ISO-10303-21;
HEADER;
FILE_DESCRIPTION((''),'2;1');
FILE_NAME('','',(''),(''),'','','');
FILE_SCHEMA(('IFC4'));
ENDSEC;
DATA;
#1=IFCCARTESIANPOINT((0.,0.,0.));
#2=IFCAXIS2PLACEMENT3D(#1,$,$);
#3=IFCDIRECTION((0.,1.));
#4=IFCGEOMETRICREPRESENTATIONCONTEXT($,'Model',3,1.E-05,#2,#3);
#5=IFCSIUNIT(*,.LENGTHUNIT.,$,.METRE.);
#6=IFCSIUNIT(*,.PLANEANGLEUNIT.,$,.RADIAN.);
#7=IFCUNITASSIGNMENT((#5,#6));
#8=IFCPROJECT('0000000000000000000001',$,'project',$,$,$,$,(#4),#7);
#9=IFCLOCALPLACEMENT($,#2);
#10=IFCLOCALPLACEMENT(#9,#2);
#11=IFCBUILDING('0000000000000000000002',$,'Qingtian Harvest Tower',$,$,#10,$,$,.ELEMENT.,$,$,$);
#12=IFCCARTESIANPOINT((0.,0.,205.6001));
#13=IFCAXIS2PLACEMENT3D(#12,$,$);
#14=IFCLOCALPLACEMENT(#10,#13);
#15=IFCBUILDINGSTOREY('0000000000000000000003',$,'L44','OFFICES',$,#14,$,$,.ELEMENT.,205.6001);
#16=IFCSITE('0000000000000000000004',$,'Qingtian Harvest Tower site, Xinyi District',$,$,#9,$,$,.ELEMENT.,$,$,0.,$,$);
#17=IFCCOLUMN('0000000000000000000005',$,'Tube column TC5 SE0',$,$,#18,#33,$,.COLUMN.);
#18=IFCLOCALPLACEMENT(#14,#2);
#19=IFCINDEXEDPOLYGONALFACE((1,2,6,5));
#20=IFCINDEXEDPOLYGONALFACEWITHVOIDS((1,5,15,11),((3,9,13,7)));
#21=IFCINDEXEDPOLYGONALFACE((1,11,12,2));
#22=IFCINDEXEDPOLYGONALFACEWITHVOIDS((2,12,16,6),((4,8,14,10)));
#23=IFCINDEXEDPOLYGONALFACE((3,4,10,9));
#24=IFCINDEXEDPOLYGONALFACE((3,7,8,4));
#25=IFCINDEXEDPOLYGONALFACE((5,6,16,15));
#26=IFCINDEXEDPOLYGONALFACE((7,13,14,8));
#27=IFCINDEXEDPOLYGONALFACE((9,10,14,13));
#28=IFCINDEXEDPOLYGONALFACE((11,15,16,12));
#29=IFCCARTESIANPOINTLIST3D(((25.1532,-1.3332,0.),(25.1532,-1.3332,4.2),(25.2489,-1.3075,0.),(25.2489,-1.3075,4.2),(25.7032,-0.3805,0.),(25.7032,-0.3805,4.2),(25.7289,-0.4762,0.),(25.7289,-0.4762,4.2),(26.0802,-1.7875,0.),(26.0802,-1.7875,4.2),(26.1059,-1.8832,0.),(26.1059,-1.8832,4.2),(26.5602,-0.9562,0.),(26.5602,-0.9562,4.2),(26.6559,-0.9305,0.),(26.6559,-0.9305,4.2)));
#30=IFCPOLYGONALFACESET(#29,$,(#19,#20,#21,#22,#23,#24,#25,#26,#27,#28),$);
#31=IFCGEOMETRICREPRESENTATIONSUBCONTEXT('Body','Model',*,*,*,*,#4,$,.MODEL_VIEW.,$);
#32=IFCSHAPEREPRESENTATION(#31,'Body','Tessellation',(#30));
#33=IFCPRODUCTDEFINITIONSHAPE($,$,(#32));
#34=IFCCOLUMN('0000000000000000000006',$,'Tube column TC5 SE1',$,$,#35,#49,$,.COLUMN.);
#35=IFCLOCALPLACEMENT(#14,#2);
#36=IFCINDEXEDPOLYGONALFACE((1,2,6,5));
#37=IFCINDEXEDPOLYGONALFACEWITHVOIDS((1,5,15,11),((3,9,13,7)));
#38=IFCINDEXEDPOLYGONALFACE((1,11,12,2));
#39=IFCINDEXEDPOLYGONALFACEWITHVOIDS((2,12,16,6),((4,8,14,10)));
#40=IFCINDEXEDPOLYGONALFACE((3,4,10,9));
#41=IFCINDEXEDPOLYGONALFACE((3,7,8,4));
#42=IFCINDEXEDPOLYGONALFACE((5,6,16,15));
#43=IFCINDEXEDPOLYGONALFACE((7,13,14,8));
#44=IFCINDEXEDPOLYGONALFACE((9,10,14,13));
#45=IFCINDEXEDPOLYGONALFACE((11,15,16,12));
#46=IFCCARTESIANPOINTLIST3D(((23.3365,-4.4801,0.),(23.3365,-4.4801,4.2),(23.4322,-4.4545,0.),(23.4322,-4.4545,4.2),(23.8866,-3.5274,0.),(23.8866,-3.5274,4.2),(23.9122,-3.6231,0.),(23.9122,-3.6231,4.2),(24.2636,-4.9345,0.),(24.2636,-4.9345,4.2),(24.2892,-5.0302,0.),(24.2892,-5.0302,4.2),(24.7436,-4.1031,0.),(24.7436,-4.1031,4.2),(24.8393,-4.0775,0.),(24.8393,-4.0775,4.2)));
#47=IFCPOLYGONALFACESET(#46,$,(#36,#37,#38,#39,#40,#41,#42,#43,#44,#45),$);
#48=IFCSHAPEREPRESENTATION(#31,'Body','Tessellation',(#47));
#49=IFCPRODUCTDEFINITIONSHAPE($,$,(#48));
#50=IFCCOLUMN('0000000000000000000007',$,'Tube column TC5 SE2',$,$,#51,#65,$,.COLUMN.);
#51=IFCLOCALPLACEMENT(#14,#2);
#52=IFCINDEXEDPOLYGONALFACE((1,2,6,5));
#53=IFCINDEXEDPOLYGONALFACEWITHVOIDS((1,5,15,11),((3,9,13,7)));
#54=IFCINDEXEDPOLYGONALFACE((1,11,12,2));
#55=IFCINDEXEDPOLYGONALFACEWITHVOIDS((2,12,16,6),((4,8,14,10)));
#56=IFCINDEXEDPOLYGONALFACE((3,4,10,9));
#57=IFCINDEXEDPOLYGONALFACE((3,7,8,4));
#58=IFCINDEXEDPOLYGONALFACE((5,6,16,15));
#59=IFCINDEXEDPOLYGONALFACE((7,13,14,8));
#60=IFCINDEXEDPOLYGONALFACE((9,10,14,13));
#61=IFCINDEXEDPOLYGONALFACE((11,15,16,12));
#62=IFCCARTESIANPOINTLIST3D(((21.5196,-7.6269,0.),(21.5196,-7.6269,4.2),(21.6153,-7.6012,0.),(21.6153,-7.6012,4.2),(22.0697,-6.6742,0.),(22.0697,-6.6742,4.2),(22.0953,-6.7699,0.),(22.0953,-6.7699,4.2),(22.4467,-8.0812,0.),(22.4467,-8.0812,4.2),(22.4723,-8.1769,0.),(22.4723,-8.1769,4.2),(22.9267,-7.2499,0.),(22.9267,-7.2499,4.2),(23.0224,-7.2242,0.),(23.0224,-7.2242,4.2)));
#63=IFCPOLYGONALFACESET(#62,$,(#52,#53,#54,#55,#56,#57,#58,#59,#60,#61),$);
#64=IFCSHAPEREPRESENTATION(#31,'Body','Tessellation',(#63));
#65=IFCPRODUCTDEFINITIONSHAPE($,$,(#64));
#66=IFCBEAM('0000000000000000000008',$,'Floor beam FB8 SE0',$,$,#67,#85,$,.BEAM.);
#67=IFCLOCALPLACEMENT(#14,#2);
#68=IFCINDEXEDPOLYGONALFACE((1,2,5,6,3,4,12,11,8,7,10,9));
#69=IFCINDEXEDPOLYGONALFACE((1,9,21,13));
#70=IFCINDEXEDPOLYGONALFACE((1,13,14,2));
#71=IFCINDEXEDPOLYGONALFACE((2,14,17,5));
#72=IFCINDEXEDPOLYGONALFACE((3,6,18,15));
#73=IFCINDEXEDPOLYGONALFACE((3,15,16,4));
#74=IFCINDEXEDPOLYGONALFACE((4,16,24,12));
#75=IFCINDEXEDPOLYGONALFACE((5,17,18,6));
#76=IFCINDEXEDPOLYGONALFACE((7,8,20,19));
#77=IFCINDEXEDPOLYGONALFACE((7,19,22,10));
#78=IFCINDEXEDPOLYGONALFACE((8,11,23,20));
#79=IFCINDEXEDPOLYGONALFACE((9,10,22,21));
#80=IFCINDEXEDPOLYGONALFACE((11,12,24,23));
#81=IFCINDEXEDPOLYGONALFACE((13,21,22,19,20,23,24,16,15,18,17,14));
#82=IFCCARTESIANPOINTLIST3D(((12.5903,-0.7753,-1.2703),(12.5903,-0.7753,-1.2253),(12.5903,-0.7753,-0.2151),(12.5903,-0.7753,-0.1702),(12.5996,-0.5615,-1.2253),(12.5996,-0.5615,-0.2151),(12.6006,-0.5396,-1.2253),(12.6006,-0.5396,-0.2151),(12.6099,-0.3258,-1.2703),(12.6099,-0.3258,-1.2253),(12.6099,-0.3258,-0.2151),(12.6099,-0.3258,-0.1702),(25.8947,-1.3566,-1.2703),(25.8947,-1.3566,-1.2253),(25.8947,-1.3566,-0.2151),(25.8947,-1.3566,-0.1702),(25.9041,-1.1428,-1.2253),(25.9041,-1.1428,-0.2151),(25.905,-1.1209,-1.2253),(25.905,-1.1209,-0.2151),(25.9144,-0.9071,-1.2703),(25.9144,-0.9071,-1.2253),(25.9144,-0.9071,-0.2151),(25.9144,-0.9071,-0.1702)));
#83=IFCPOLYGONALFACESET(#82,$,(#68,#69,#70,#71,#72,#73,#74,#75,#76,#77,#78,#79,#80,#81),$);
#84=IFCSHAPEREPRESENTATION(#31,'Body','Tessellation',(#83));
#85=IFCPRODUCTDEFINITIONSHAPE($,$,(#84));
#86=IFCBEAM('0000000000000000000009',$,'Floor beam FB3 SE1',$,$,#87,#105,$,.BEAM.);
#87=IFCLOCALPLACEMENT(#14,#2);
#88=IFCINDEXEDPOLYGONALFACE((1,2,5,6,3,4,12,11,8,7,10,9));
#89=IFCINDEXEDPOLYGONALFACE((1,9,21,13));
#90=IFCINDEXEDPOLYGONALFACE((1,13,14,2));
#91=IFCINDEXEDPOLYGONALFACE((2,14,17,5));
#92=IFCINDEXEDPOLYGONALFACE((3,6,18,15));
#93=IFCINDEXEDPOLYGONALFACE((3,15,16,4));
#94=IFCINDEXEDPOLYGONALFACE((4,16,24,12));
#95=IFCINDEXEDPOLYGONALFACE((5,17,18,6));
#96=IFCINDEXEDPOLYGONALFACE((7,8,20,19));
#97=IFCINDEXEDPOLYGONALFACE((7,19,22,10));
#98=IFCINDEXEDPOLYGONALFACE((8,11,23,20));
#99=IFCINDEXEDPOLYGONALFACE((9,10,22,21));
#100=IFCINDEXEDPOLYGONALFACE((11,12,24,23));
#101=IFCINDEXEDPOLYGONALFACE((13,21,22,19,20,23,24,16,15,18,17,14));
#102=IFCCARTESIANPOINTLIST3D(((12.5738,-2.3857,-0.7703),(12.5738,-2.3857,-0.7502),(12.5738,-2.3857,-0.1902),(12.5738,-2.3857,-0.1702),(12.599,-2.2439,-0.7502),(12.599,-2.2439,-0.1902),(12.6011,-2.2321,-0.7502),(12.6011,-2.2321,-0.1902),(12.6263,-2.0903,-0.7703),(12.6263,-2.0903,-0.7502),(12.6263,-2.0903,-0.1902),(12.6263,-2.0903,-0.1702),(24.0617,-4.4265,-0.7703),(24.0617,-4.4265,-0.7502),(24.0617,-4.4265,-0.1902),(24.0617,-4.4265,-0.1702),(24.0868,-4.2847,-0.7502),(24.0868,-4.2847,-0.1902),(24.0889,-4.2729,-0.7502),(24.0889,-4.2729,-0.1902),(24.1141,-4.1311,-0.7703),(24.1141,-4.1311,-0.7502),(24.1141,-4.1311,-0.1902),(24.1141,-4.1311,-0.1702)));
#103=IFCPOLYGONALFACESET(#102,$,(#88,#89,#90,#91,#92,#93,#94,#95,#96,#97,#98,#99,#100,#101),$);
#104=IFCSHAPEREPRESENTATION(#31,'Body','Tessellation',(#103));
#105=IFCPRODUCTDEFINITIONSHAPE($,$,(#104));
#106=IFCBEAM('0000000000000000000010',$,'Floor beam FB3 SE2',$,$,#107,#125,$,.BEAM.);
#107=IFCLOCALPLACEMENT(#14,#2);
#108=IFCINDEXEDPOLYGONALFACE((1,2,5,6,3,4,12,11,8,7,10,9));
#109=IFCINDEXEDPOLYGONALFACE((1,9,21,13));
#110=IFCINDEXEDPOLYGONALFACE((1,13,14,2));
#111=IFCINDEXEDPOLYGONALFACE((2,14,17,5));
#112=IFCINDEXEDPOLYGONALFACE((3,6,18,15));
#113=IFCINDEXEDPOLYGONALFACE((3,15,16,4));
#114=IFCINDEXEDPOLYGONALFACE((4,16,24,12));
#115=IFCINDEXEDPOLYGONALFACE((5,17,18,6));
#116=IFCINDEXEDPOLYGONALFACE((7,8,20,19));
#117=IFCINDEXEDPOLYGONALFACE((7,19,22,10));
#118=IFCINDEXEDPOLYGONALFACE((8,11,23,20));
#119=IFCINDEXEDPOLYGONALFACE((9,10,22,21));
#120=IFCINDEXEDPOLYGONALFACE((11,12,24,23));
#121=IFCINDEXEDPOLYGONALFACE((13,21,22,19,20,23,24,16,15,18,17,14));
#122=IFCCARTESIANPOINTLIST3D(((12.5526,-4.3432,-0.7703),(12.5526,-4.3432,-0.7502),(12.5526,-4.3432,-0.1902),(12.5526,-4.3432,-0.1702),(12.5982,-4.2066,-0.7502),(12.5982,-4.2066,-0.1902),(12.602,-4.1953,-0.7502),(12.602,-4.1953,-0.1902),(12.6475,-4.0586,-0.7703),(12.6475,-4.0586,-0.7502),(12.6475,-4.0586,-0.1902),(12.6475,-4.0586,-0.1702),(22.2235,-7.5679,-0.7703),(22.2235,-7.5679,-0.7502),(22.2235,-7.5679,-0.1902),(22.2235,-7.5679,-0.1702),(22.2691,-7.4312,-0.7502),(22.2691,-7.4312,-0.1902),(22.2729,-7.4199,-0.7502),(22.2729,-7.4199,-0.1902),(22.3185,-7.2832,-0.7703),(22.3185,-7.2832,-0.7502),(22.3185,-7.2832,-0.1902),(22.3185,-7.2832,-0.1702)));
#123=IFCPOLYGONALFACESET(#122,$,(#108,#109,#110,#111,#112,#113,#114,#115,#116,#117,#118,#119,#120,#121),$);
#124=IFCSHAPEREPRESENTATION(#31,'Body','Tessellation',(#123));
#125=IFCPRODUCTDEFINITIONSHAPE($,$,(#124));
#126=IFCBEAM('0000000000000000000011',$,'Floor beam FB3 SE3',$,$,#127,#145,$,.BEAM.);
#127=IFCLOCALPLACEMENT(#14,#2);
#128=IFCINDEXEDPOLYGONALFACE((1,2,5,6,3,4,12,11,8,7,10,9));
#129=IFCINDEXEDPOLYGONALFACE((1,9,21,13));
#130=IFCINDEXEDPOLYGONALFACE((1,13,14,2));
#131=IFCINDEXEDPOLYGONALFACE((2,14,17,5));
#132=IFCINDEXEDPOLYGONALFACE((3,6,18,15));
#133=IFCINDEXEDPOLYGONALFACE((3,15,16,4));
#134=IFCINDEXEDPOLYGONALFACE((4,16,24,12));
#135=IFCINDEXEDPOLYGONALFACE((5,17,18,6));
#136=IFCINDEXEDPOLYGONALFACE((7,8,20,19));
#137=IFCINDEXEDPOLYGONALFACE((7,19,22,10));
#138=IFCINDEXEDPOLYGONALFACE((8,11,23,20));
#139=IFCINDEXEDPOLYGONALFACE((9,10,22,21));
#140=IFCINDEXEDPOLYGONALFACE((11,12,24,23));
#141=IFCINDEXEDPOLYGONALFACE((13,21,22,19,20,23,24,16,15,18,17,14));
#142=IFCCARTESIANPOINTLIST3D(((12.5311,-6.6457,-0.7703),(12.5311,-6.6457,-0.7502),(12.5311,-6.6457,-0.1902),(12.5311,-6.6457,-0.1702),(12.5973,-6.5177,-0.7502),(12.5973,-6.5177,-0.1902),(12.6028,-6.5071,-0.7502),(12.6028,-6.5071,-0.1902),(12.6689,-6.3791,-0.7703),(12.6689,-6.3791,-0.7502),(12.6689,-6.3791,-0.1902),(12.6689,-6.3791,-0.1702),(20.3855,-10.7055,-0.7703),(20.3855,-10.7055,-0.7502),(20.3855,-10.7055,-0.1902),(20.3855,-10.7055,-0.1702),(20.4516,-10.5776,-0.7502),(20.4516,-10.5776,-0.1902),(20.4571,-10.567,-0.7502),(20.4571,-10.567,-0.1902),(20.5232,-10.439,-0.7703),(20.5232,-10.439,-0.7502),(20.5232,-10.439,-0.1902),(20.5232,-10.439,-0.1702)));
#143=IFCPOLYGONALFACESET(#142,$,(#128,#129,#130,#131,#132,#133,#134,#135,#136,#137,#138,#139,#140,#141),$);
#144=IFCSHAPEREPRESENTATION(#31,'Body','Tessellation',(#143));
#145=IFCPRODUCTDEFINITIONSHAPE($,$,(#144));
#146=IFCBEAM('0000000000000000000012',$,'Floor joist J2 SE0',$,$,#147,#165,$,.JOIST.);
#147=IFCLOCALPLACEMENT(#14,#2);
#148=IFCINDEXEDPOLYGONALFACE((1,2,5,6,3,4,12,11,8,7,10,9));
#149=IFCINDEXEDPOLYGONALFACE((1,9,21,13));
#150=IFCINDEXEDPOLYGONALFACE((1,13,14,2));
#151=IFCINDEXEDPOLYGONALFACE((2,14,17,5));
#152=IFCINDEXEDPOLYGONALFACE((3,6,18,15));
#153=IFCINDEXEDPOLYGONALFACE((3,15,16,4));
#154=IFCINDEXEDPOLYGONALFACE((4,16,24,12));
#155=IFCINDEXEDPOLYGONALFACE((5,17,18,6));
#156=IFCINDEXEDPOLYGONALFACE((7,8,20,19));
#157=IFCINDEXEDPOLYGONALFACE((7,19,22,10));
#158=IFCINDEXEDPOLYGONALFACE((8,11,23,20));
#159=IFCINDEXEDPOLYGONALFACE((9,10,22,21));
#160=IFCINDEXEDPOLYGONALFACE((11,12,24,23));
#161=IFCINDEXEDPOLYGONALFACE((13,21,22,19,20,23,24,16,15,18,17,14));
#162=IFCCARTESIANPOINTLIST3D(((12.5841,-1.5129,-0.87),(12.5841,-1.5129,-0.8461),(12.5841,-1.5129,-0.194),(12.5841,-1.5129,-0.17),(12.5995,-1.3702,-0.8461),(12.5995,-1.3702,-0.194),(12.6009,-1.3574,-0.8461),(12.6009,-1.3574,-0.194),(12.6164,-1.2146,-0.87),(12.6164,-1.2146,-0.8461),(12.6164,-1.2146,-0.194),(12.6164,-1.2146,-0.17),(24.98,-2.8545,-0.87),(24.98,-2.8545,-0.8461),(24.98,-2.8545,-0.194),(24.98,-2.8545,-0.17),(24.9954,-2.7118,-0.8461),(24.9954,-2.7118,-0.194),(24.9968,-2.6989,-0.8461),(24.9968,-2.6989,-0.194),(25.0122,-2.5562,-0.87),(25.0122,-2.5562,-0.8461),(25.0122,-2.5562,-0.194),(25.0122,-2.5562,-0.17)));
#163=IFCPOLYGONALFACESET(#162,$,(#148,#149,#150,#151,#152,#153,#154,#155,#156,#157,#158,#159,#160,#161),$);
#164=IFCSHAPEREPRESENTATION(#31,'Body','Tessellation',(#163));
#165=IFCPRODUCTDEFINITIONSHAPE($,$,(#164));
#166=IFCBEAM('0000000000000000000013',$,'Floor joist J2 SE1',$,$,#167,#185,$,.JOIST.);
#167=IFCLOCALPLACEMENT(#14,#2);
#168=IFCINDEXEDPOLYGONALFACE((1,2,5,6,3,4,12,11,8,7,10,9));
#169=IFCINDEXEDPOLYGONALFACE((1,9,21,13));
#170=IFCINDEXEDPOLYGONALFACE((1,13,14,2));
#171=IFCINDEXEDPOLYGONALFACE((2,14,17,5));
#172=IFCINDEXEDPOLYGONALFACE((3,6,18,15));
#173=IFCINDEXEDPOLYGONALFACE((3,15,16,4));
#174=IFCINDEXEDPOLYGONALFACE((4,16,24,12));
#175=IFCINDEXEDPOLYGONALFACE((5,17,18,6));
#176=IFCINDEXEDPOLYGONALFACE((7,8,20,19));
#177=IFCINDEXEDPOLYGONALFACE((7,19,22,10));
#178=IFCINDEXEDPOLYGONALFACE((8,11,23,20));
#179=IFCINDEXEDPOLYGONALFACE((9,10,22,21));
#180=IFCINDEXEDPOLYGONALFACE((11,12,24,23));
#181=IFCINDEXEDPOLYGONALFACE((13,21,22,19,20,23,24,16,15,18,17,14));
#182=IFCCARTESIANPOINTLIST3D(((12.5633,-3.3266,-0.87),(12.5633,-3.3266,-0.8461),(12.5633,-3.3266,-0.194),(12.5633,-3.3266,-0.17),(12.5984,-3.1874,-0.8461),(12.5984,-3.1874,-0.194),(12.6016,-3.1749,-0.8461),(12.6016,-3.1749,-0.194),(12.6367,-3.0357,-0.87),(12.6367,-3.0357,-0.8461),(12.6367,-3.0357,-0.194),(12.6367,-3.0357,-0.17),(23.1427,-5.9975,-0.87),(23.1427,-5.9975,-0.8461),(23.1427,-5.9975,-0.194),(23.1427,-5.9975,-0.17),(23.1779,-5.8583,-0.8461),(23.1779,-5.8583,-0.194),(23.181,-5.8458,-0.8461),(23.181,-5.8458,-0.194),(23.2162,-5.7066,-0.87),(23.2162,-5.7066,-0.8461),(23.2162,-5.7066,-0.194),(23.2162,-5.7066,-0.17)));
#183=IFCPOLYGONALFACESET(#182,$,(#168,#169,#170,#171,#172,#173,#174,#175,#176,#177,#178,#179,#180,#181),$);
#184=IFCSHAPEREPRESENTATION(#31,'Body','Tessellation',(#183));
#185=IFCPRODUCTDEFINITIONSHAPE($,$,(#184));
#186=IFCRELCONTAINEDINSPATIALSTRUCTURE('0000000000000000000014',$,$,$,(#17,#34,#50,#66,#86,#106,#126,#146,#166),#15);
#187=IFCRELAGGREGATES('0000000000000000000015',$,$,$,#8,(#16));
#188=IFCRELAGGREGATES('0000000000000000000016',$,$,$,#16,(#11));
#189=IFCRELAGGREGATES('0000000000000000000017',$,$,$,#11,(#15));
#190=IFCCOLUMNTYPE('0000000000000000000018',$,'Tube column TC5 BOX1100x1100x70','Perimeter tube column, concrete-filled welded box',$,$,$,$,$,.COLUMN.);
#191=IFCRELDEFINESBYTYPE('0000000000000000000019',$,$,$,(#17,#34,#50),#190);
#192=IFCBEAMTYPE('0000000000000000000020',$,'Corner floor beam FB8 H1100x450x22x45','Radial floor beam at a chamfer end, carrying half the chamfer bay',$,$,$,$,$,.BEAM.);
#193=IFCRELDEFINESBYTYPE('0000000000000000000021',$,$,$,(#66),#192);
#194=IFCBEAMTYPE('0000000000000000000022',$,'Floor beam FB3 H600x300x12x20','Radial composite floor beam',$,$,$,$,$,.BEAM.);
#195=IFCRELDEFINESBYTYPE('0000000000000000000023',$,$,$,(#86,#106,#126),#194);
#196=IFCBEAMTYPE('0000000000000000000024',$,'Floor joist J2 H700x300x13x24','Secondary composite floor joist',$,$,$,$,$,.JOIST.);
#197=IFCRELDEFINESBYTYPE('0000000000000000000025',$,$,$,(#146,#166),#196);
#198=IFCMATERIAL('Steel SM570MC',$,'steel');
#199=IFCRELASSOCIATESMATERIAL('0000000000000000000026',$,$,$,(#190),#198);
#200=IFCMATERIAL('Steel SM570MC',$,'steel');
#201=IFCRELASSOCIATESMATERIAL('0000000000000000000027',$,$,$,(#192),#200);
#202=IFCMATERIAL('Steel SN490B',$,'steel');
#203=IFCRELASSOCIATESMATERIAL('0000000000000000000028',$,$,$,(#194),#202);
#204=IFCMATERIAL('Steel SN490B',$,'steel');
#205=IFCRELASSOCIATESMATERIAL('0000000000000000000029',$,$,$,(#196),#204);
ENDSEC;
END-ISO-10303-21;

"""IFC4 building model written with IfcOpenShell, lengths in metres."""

from ifc_helpers import new_model, si_unit, direction, frame, origin, origin_2d, place, context, subcontext, project, spatial, hollow_rectangle, i_section, extrude, material, material_profile, profile_set, type_object, element, save


model = new_model("IFC4")

# Units and contexts
model_context = context("Model", 3, precision=1e-05, world=origin(), true_north=direction((0.0, 1.0)))
body_context = subcontext(model_context, "Body", "Model", "MODEL_VIEW")
ifc_project = project(units=[si_unit("LENGTHUNIT", "METRE"), si_unit("PLANEANGLEUNIT", "RADIAN")], contexts=[model_context])

# Site, building, storey
site_placement = place(None, origin())
site = spatial("IfcSite", under=ifc_project, at=site_placement, Name="Qingtian Harvest Tower site, Xinyi District", CompositionType="ELEMENT", RefElevation=0.0)
building_placement = place(site_placement, origin())
building = spatial("IfcBuilding", under=site, at=building_placement, Name="Qingtian Harvest Tower", CompositionType="ELEMENT")
storey_placement = place(building_placement, frame((0.0, 0.0, 205.6001)))
storey = spatial("IfcBuildingStorey", under=building, at=storey_placement, Name="L44", Description="OFFICES", CompositionType="ELEMENT", Elevation=205.6001)

# Columns
ifc_material_1 = material(Name="Steel SM570MC", Category="steel")
ifc_material_profile_1 = material_profile(ifc_material_1, hollow_rectangle(XDim=1.1001, YDim=1.1001, WallThickness=0.0701, at=origin_2d()), Name="BOX1100x1100x70")
ifc_profile_set_1 = profile_set([ifc_material_profile_1], Name="Steel SM570MC")
column_type = type_object("IfcColumnType", Name="Tube column TC5 BOX1100x1100x70", Description="Perimeter tube column, concrete-filled welded box", PredefinedType="COLUMN", material=ifc_profile_set_1)
for number, where, z_axis, x_axis, name in (
    (1, (25.9045, -1.1318, 0.0), (0.0, 0.0, 1.0), (0.5, 0.866025, 0.0), "Tube column TC5 SE0"),
    (2, (24.0879, -4.2788, 0.0), (0.0, 0.0, 1.0), (0.5, 0.866025, 0.0), "Tube column TC5 SE1"),
    (3, (22.271, -7.4255, 0.0), (0.0, 0.0, 1.0), (0.5, 0.866025, 0.0), "Tube column TC5 SE2"),
):
    element("IfcColumn", number, at=place(storey_placement, frame(where, z_axis=z_axis, x_axis=x_axis)), inside=storey, type_object=column_type, Name=name, PredefinedType="COLUMN", context=body_context, shape_type="SweptSolid", body=[
        extrude(hollow_rectangle(XDim=1.1001, YDim=1.1001, WallThickness=0.0701, at=origin_2d()), origin(), (0.0, 0.0, 1.0), 4.2),
    ])

# Beams
ifc_material_2 = material(Name="Steel SM570MC", Category="steel")
ifc_material_profile_2 = material_profile(ifc_material_2, i_section(OverallWidth=0.45, OverallDepth=1.1001, WebThickness=0.022, FlangeThickness=0.0449, at=origin_2d()), Name="H1100x450x22x45")
ifc_profile_set_2 = profile_set([ifc_material_profile_2], Name="Steel SM570MC")
beam_type_1 = type_object("IfcBeamType", Name="Corner floor beam FB8 H1100x450x22x45", Description="Radial floor beam at a chamfer end, carrying half the chamfer bay", PredefinedType="BEAM", material=ifc_profile_set_2)
beam_1_placement = place(storey_placement, frame((25.9045, -1.1318, -0.7202), z_axis=(-0.999047, 0.04365, 0.0), x_axis=(-0.04365, -0.999047, 0.0)))
element("IfcBeam", 4, at=beam_1_placement, inside=storey, type_object=beam_type_1, Name="Floor beam FB8 SE0", PredefinedType="BEAM", context=body_context, shape_type="SweptSolid", body=[
    extrude(i_section(OverallWidth=0.45, OverallDepth=1.1001, WebThickness=0.022, FlangeThickness=0.0449, at=origin_2d()), origin(), (0.0, 0.0, 1.0), 13.3171),
])
ifc_material_3 = material(Name="Steel SN490B", Category="steel")
ifc_material_profile_3 = material_profile(ifc_material_3, i_section(OverallWidth=0.3, OverallDepth=0.6001, WebThickness=0.012, FlangeThickness=0.02, at=origin_2d()), Name="H600x300x12x20")
ifc_profile_set_3 = profile_set([ifc_material_profile_3], Name="Steel SN490B")
beam_type_2 = type_object("IfcBeamType", Name="Floor beam FB3 H600x300x12x20", Description="Radial composite floor beam", PredefinedType="BEAM", material=ifc_profile_set_3)
beam_2_placement = place(storey_placement, frame((24.0879, -4.2788, -0.4702), z_axis=(-0.984585, 0.174908, 0.0), x_axis=(-0.174908, -0.984585, 0.0)))
element("IfcBeam", 5, at=beam_2_placement, inside=storey, type_object=beam_type_2, Name="Floor beam FB3 SE1", PredefinedType="BEAM", context=body_context, shape_type="SweptSolid", body=[
    extrude(i_section(OverallWidth=0.3, OverallDepth=0.6001, WebThickness=0.012, FlangeThickness=0.02, at=origin_2d()), origin(), (0.0, 0.0, 1.0), 11.6677),
])
beam_3_placement = place(storey_placement, frame((22.271, -7.4255, -0.4702), z_axis=(-0.948655, 0.316314, 0.0), x_axis=(-0.316314, -0.948655, 0.0)))
element("IfcBeam", 6, at=beam_3_placement, inside=storey, type_object=beam_type_2, Name="Floor beam FB3 SE2", PredefinedType="BEAM", context=body_context, shape_type="SweptSolid", body=[
    extrude(i_section(OverallWidth=0.3, OverallDepth=0.6001, WebThickness=0.012, FlangeThickness=0.02, at=origin_2d()), origin(), (0.0, 0.0, 1.0), 10.1943),
])
beam_4_placement = place(storey_placement, frame((20.4543, -10.5723, -0.4702), z_axis=(-0.888344, 0.45918, 0.0), x_axis=(-0.45918, -0.888344, 0.0)))
element("IfcBeam", 7, at=beam_4_placement, inside=storey, type_object=beam_type_2, Name="Floor beam FB3 SE3", PredefinedType="BEAM", context=body_context, shape_type="SweptSolid", body=[
    extrude(i_section(OverallWidth=0.3, OverallDepth=0.6001, WebThickness=0.012, FlangeThickness=0.02, at=origin_2d()), origin(), (0.0, 0.0, 1.0), 8.8416),
])
ifc_material_4 = material(Name="Steel SN490B", Category="steel")
ifc_material_profile_4 = material_profile(ifc_material_4, i_section(OverallWidth=0.3, OverallDepth=0.7, WebThickness=0.0129, FlangeThickness=0.0239, at=origin_2d()), Name="H700x300x13x24")
ifc_profile_set_4 = profile_set([ifc_material_profile_4], Name="Steel SN490B")
beam_type_3 = type_object("IfcBeamType", Name="Floor joist J2 H700x300x13x24", Description="Secondary composite floor joist", PredefinedType="JOIST", material=ifc_profile_set_4)
beam_5_placement = place(storey_placement, frame((24.9961, -2.7053, -0.52), z_axis=(-0.994195, 0.107596, 0.0), x_axis=(-0.107596, -0.994195, 0.0)))
element("IfcBeam", 8, at=beam_5_placement, inside=storey, type_object=beam_type_3, Name="Floor joist J2 SE0", PredefinedType="JOIST", context=body_context, shape_type="SweptSolid", body=[
    extrude(i_section(OverallWidth=0.3, OverallDepth=0.7, WebThickness=0.0129, FlangeThickness=0.0239, at=origin_2d()), origin(), (0.0, 0.0, 1.0), 12.4683),
])
beam_6_placement = place(storey_placement, frame((23.1794, -5.8521, -0.52), z_axis=(-0.969578, 0.244783, 0.0), x_axis=(-0.244783, -0.969578, 0.0)))
element("IfcBeam", 9, at=beam_6_placement, inside=storey, type_object=beam_type_3, Name="Floor joist J2 SE1", PredefinedType="JOIST", context=body_context, shape_type="SweptSolid", body=[
    extrude(i_section(OverallWidth=0.3, OverallDepth=0.7, WebThickness=0.0129, FlangeThickness=0.0239, at=origin_2d()), origin(), (0.0, 0.0, 1.0), 10.9114),
])

save(model, "model.ifc")
